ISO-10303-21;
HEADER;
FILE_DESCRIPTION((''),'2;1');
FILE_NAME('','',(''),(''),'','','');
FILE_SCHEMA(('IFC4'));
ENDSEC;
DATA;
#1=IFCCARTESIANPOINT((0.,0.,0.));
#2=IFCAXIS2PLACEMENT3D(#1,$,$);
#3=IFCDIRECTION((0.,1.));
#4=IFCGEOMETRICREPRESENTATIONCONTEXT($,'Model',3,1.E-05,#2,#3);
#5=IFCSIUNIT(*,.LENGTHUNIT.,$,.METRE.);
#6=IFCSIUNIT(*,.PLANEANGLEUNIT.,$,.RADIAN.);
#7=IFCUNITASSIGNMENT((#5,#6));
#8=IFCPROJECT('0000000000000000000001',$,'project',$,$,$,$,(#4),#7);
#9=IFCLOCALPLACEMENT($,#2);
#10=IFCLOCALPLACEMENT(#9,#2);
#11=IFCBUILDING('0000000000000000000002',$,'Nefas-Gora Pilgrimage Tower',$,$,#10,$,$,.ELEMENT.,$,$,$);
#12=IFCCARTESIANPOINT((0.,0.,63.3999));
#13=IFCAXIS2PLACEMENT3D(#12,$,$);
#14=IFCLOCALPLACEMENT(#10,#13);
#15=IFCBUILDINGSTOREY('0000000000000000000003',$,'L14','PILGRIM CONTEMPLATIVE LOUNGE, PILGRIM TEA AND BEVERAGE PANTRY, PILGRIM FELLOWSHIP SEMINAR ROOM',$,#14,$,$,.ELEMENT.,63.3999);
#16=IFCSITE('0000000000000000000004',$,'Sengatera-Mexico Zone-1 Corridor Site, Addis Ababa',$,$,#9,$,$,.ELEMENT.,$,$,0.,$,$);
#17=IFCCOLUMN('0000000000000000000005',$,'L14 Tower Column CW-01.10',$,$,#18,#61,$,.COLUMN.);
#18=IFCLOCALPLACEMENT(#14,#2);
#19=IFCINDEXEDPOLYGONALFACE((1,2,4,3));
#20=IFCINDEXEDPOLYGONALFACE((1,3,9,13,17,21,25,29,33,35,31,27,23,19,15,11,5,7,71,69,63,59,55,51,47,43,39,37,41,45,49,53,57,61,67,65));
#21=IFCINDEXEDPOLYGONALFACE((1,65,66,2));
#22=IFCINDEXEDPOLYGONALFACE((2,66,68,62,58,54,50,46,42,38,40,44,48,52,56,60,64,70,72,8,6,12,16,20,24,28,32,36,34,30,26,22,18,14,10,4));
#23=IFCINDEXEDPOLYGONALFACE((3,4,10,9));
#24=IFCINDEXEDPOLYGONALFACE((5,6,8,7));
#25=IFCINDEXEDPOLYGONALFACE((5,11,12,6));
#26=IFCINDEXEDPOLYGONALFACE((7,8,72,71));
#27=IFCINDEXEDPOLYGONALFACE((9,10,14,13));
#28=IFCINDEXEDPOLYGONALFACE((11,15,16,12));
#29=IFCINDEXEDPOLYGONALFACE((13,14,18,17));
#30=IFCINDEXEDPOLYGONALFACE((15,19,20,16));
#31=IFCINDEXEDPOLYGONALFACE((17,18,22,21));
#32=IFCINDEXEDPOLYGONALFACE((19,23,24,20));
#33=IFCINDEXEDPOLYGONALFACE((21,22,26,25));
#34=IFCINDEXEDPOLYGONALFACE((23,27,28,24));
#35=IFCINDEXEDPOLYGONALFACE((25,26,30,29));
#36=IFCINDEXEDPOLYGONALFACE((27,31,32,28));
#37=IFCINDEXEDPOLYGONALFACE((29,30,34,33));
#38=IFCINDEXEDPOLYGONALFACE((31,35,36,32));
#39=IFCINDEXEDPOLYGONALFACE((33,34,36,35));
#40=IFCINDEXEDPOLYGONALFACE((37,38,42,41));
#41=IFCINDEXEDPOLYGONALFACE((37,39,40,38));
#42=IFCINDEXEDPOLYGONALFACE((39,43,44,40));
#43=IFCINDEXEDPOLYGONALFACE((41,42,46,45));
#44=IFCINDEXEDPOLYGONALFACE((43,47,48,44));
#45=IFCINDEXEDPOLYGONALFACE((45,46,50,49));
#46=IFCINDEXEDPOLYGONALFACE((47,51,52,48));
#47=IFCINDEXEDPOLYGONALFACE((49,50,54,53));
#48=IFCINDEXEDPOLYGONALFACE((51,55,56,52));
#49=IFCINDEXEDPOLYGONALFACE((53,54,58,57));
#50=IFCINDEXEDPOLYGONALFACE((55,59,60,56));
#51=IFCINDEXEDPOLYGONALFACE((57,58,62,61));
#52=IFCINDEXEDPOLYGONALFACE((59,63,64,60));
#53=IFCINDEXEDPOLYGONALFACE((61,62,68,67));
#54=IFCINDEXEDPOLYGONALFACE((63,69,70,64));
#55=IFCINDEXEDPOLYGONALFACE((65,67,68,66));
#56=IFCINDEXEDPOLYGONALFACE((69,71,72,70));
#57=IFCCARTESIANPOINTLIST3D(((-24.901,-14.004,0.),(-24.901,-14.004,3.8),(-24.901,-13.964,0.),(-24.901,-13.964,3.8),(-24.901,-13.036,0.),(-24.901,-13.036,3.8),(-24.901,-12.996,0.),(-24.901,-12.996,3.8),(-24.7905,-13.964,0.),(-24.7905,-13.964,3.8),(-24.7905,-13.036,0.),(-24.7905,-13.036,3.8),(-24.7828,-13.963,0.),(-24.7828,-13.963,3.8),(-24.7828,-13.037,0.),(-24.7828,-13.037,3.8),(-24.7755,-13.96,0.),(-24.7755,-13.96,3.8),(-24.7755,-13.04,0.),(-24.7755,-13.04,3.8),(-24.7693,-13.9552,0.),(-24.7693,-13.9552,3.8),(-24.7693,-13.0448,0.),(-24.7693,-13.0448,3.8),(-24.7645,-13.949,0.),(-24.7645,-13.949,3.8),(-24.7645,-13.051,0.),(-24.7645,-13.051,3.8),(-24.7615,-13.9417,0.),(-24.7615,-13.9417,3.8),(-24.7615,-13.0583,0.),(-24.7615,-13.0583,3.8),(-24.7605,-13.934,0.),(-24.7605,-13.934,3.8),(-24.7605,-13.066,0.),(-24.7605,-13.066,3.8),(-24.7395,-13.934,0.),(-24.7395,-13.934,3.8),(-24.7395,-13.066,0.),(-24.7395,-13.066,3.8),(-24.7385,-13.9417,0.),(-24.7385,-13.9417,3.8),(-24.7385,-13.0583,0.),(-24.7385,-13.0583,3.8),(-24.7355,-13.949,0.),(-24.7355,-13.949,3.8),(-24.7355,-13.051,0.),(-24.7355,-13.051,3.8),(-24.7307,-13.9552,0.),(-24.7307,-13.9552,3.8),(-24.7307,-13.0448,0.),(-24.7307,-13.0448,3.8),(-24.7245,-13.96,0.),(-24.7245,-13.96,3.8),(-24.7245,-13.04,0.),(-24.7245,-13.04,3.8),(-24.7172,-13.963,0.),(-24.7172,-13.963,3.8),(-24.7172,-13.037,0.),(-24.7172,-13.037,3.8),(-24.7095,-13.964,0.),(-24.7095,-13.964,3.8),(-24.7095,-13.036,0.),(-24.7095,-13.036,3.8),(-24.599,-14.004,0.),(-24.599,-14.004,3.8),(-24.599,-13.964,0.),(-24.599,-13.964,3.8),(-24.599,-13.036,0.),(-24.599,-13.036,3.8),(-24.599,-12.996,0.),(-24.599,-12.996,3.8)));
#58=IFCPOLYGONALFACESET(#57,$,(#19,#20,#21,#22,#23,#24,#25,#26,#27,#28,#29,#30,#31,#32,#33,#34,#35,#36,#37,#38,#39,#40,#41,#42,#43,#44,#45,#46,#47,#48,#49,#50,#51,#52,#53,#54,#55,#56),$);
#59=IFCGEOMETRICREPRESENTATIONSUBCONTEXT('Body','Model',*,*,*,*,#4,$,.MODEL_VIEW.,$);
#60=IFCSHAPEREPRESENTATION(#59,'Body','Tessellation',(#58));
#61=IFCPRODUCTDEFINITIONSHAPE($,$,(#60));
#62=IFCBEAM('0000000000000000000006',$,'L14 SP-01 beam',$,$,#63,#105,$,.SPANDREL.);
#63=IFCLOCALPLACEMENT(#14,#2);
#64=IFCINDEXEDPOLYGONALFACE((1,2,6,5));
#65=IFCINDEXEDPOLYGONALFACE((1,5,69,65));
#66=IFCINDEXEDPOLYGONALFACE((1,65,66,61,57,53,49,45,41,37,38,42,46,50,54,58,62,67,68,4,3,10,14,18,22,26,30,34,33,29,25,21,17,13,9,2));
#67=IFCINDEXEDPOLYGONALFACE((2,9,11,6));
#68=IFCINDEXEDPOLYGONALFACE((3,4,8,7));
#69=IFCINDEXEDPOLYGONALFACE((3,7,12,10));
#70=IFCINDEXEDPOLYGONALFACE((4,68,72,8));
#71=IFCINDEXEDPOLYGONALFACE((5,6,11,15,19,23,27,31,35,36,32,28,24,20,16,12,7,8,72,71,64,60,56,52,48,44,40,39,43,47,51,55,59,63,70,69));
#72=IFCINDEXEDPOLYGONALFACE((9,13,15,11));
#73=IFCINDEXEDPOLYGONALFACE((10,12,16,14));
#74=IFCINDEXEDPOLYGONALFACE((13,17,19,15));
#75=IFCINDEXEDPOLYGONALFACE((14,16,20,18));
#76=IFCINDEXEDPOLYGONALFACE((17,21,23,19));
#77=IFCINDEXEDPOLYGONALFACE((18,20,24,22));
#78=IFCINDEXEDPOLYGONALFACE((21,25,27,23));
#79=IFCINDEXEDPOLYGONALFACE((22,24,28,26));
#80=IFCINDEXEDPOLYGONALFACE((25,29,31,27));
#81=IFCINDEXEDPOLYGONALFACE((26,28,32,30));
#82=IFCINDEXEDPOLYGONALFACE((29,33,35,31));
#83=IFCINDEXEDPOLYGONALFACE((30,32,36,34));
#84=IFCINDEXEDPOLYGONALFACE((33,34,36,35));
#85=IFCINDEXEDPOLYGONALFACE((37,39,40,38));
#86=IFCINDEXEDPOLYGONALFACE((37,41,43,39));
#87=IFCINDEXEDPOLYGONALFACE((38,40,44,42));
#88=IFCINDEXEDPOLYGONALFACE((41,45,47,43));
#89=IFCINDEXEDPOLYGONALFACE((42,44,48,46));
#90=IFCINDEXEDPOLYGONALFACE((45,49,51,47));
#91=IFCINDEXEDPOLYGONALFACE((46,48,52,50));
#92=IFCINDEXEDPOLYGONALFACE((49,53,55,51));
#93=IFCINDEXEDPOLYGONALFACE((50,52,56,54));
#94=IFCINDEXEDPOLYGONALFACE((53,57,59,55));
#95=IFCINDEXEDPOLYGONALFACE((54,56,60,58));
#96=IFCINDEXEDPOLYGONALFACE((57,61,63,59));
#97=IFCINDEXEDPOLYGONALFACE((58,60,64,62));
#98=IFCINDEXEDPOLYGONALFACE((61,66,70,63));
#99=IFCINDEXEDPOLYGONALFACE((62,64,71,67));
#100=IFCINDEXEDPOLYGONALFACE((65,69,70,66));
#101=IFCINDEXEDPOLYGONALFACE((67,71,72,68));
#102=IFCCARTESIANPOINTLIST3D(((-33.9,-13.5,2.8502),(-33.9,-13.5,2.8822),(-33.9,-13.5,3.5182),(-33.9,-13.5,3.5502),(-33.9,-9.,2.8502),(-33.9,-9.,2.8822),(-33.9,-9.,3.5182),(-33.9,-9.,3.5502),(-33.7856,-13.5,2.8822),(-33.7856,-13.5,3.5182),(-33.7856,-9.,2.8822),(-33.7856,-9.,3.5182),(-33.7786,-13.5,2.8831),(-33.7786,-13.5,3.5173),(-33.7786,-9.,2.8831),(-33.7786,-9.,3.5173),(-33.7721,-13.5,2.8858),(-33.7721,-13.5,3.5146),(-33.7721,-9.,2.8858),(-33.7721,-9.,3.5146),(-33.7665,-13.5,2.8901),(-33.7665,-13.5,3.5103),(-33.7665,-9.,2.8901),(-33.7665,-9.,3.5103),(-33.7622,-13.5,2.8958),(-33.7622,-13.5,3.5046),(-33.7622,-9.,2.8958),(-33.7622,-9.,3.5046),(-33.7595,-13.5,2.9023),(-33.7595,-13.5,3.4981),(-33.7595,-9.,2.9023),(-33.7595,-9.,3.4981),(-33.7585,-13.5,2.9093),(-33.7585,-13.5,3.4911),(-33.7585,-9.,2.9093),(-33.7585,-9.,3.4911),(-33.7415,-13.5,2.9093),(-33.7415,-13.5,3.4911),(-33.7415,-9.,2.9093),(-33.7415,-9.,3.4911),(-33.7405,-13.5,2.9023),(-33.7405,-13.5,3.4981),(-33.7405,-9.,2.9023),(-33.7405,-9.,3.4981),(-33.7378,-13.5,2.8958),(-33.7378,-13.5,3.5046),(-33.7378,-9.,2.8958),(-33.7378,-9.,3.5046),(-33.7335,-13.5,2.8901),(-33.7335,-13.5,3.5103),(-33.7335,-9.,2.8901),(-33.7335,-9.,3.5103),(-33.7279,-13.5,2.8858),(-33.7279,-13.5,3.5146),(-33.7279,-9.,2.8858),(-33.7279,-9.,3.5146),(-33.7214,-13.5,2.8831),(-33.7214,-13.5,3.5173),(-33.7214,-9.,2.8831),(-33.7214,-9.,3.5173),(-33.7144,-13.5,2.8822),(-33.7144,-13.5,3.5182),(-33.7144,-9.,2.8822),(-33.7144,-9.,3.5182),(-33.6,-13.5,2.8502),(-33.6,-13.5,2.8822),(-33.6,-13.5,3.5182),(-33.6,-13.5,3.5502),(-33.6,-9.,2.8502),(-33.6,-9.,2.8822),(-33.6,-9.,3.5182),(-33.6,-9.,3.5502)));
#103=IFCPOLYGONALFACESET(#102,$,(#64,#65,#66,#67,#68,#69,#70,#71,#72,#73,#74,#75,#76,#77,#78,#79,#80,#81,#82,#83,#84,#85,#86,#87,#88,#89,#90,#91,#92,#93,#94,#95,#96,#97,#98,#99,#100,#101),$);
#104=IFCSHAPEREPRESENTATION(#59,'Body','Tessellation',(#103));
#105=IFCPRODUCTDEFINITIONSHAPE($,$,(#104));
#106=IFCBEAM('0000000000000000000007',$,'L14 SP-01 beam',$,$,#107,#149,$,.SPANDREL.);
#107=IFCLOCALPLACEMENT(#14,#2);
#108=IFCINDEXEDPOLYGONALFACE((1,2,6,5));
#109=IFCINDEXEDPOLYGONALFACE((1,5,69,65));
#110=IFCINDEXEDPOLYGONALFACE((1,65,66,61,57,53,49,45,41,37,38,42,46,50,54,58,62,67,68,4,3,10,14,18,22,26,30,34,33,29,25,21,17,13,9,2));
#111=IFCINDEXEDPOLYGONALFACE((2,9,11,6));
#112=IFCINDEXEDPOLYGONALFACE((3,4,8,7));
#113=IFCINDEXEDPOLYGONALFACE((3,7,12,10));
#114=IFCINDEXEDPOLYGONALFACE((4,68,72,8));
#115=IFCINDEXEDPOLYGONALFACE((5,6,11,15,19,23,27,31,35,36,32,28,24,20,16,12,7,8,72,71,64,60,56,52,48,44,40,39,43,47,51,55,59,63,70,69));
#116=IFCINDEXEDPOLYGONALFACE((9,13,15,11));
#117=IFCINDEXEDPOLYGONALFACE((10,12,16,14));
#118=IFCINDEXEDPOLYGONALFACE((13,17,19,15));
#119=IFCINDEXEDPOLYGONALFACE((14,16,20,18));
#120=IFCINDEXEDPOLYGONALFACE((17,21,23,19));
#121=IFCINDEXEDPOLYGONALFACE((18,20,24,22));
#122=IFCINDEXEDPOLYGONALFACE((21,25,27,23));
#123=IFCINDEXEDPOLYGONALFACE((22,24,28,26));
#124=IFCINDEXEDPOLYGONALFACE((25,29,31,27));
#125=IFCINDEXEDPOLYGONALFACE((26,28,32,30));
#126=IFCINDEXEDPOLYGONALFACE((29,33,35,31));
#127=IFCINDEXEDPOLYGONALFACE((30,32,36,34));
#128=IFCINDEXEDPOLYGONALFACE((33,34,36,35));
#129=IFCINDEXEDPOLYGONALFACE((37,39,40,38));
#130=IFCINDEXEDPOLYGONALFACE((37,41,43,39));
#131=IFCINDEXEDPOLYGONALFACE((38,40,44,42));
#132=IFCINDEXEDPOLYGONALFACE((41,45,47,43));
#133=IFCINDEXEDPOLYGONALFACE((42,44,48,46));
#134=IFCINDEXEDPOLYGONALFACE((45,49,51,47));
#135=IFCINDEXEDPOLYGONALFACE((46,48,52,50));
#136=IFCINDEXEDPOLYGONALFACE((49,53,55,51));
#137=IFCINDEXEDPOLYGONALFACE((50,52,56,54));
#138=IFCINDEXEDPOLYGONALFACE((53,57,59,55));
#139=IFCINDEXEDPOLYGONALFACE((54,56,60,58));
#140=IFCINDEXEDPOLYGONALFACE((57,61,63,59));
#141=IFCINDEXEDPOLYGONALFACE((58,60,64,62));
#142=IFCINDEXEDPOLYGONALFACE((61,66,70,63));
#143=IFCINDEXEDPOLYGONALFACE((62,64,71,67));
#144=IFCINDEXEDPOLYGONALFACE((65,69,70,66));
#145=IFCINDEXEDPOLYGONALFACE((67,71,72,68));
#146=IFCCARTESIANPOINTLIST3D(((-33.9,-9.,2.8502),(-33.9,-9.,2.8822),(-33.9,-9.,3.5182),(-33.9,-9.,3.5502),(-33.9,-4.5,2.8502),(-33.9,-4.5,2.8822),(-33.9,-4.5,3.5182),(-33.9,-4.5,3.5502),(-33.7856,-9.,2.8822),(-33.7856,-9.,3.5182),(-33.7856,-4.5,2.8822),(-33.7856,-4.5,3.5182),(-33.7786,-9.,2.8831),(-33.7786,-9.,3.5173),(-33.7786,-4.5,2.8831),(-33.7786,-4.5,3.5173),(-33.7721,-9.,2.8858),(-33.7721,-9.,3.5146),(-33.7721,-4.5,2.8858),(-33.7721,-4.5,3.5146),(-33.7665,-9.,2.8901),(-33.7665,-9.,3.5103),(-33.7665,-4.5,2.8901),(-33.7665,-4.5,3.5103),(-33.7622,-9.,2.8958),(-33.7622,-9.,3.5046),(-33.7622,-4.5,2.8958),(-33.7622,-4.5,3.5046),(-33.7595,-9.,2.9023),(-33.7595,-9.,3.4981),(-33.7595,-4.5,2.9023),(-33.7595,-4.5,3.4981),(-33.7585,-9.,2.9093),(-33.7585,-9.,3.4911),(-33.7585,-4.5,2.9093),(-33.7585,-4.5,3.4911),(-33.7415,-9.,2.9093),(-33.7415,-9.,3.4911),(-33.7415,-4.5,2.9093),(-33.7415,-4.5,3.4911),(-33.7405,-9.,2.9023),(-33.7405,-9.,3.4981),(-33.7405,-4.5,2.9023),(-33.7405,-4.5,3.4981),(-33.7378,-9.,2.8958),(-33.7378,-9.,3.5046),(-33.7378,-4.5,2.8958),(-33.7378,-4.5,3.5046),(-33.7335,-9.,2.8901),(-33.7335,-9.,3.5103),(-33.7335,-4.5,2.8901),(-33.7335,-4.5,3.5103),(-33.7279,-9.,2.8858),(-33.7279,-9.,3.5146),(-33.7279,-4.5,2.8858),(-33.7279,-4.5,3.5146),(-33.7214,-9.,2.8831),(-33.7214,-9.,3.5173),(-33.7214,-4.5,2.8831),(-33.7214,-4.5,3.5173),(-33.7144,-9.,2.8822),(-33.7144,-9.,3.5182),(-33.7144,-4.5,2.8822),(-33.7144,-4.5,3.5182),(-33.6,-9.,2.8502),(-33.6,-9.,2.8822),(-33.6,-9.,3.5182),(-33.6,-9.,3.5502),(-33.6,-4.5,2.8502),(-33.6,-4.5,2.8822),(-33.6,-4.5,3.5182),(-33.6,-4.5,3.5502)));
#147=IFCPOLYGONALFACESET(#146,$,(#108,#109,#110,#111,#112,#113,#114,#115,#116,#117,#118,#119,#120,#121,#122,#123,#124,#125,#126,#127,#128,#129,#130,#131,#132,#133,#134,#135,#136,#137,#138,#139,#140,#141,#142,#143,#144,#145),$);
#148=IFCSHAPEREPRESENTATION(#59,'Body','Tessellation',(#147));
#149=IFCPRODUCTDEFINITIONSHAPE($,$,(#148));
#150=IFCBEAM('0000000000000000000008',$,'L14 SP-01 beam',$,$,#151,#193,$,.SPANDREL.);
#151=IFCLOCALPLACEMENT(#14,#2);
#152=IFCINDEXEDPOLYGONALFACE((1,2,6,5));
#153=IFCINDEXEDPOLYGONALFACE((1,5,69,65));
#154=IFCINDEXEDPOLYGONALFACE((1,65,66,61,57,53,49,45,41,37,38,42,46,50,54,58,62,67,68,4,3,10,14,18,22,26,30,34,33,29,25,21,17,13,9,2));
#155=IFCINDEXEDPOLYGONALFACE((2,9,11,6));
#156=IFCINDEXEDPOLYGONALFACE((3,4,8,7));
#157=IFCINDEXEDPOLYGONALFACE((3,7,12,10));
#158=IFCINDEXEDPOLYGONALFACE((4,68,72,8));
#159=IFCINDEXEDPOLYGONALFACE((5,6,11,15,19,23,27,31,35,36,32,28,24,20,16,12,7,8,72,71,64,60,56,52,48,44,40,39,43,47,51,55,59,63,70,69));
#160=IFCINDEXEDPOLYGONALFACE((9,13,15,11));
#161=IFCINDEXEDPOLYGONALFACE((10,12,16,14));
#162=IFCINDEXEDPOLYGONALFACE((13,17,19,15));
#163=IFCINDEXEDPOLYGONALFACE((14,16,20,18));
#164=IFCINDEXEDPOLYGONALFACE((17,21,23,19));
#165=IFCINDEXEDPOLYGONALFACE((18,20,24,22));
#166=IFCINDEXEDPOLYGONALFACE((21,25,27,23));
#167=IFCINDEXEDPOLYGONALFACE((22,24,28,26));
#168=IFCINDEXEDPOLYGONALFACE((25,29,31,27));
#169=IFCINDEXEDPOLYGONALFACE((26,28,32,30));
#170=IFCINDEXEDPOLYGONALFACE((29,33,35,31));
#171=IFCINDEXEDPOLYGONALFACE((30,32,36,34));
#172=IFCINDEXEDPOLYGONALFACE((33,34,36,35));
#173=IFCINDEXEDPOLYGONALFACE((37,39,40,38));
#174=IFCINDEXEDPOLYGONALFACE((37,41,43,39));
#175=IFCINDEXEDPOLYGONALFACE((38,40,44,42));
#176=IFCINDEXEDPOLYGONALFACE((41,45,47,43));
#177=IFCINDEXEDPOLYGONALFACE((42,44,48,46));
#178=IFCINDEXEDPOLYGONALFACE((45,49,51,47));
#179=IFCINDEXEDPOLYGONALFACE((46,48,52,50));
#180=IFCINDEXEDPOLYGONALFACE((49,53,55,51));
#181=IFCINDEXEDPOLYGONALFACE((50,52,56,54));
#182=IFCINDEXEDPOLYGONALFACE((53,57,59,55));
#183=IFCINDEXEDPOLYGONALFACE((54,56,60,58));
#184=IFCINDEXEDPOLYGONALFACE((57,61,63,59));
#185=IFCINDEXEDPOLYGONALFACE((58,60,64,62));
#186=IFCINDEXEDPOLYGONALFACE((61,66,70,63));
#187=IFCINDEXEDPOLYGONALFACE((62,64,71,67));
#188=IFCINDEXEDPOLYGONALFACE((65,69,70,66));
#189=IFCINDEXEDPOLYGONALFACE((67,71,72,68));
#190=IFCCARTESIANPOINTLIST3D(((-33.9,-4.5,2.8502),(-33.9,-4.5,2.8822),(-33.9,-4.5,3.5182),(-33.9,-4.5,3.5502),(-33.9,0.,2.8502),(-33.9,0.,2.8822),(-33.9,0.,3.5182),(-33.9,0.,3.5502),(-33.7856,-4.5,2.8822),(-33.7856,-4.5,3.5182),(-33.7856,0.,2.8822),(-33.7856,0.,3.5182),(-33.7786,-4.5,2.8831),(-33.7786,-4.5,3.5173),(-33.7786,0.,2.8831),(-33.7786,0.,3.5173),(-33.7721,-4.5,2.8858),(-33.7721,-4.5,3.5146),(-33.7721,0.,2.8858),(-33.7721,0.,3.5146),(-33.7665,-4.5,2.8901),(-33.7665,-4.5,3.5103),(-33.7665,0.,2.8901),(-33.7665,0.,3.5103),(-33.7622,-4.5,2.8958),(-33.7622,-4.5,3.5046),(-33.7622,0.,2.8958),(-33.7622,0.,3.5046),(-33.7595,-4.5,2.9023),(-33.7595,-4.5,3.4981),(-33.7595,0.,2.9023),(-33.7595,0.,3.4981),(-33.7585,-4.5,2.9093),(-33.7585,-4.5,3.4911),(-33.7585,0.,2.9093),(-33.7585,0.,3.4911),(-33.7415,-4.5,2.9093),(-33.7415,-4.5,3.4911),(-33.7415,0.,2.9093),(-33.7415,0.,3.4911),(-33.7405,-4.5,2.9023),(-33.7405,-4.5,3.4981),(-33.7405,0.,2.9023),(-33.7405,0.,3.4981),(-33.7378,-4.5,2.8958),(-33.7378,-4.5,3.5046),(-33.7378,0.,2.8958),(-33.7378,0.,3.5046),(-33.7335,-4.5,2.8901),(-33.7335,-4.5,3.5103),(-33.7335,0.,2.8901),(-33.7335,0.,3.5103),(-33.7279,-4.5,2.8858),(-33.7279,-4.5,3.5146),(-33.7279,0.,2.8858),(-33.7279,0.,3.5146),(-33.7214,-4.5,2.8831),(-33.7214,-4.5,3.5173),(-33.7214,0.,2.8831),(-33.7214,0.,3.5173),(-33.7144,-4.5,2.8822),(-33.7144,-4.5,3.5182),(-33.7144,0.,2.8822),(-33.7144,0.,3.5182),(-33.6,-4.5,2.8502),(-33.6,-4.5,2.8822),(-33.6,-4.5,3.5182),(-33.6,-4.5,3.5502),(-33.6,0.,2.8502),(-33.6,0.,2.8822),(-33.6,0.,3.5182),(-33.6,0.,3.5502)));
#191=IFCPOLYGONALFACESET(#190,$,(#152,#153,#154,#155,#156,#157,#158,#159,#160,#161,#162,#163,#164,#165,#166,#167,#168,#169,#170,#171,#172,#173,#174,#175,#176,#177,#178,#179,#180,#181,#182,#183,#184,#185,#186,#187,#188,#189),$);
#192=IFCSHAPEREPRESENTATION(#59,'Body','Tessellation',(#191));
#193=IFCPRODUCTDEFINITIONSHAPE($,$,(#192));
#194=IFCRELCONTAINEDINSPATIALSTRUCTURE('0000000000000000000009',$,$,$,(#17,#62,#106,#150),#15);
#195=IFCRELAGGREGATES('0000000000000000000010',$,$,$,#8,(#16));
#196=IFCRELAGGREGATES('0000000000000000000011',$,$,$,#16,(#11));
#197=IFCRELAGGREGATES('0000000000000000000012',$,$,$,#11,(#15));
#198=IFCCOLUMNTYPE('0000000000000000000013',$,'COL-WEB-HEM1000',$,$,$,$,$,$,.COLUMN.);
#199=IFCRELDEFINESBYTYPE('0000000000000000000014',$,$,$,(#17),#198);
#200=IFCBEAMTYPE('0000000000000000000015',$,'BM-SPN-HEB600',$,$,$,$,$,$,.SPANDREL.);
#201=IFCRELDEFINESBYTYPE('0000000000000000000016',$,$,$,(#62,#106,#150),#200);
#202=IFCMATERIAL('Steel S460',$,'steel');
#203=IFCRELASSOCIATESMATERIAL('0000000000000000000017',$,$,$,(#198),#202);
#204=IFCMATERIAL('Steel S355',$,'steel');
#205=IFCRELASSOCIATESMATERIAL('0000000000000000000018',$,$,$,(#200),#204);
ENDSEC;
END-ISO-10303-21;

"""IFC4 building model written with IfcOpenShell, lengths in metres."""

from ifc_helpers import new_model, si_unit, direction, frame, origin, origin_2d, place, context, subcontext, project, spatial, i_section, extrude, source, transform, mapped, material, material_profile, profile_set, type_object, element, save


model = new_model("IFC4")

# Units and contexts
model_context = context("Model", 3, precision=1e-05, world=origin(), true_north=direction((0.0, 1.0)))
body_context = subcontext(model_context, "Body", "Model", "MODEL_VIEW")
ifc_project = project(units=[si_unit("LENGTHUNIT", "METRE"), si_unit("PLANEANGLEUNIT", "RADIAN")], contexts=[model_context])

# Site, building, storey
site_placement = place(None, origin())
site = spatial("IfcSite", under=ifc_project, at=site_placement, Name="Sengatera-Mexico Zone-1 Corridor Site, Addis Ababa", CompositionType="ELEMENT", RefElevation=0.0)
building_placement = place(site_placement, origin())
building = spatial("IfcBuilding", under=site, at=building_placement, Name="Nefas-Gora Pilgrimage Tower", CompositionType="ELEMENT")
storey_placement = place(building_placement, frame((0.0, 0.0, 63.3999)))
storey = spatial("IfcBuildingStorey", under=building, at=storey_placement, Name="L14", Description="PILGRIM CONTEMPLATIVE LOUNGE, PILGRIM TEA AND BEVERAGE PANTRY, PILGRIM FELLOWSHIP SEMINAR ROOM", CompositionType="ELEMENT", Elevation=63.3999)

# Column
ifc_material_1 = material(Name="Steel S460", Category="steel")
ifc_material_profile_1 = material_profile(ifc_material_1, i_section(OverallWidth=0.302, OverallDepth=1.0081, WebThickness=0.021, FlangeThickness=0.04, FilletRadius=0.03, at=origin_2d()), Name="HEM 1000")
ifc_profile_set_1 = profile_set([ifc_material_profile_1], Name="Steel S460")
column_type_1 = type_object("IfcColumnType", Name="COL-WEB-HEM1000", PredefinedType="COLUMN", material=ifc_profile_set_1)
shared_shape_1 = source(origin(), body_context, "Body", "SweptSolid", [
    extrude(i_section(OverallWidth=0.302, OverallDepth=1.0081, WebThickness=0.021, FlangeThickness=0.04, FilletRadius=0.03, at=origin_2d()), origin(), (0.0, 0.0, 1.0), 3.8),
])
for number, where, z_axis, x_axis, name in (
    (1, (-24.75, -13.5, 0.0), (0.0, 0.0, 1.0), (1.0, 0.0, 0.0), "L14 Tower Column CW-01.10"),
):
    element("IfcColumn", number, at=place(storey_placement, frame(where, z_axis=z_axis, x_axis=x_axis)), inside=storey, type_object=column_type_1, Name=name, PredefinedType="COLUMN", context=body_context, shape_type="MappedRepresentation", body=[
        mapped(shared_shape_1, transform((0.0, 0.0, 0.0), x_axis=(1.0, 0.0, 0.0), y_axis=(0.0, 1.0, 0.0), z_axis=(0.0, 0.0, 1.0), scale=1.0)),
    ])

# Beams
ifc_material_2 = material(Name="Steel S355", Category="steel")
ifc_material_profile_2 = material_profile(ifc_material_2, i_section(OverallWidth=0.3, OverallDepth=0.7, WebThickness=0.0171, FlangeThickness=0.032, FilletRadius=0.0271, at=origin_2d()), Name="HEB 700")
ifc_profile_set_2 = profile_set([ifc_material_profile_2], Name="Steel S355")
beam_type_1 = type_object("IfcBeamType", Name="BM-SPN-HEB600", PredefinedType="SPANDREL", material=ifc_profile_set_2)
shared_shape_2 = source(origin(), body_context, "Body", "SweptSolid", [
    extrude(i_section(OverallWidth=0.3, OverallDepth=0.7, WebThickness=0.0171, FlangeThickness=0.032, FilletRadius=0.0271, at=origin_2d()), origin(), (0.0, 0.0, 1.0), 4.5),
])
for number, where, z_axis, x_axis, name in (
    (2, (-33.75, -13.5, 3.2002), (0.0, 1.0, 0.0), (-1.0, 0.0, 0.0), "L14 SP-01 beam"),
    (3, (-33.75, -9.0, 3.2002), (0.0, 1.0, 0.0), (-1.0, 0.0, 0.0), "L14 SP-01 beam"),
    (4, (-33.75, -4.5, 3.2002), (0.0, 1.0, 0.0), (-1.0, 0.0, 0.0), "L14 SP-01 beam"),
):
    element("IfcBeam", number, at=place(storey_placement, frame(where, z_axis=z_axis, x_axis=x_axis)), inside=storey, type_object=beam_type_1, Name=name, PredefinedType="SPANDREL", context=body_context, shape_type="MappedRepresentation", body=[
        mapped(shared_shape_2, transform((0.0, 0.0, 0.0), x_axis=(1.0, 0.0, 0.0), y_axis=(0.0, 1.0, 0.0), z_axis=(0.0, 0.0, 1.0), scale=1.0)),
    ])

save(model, "model.ifc")
